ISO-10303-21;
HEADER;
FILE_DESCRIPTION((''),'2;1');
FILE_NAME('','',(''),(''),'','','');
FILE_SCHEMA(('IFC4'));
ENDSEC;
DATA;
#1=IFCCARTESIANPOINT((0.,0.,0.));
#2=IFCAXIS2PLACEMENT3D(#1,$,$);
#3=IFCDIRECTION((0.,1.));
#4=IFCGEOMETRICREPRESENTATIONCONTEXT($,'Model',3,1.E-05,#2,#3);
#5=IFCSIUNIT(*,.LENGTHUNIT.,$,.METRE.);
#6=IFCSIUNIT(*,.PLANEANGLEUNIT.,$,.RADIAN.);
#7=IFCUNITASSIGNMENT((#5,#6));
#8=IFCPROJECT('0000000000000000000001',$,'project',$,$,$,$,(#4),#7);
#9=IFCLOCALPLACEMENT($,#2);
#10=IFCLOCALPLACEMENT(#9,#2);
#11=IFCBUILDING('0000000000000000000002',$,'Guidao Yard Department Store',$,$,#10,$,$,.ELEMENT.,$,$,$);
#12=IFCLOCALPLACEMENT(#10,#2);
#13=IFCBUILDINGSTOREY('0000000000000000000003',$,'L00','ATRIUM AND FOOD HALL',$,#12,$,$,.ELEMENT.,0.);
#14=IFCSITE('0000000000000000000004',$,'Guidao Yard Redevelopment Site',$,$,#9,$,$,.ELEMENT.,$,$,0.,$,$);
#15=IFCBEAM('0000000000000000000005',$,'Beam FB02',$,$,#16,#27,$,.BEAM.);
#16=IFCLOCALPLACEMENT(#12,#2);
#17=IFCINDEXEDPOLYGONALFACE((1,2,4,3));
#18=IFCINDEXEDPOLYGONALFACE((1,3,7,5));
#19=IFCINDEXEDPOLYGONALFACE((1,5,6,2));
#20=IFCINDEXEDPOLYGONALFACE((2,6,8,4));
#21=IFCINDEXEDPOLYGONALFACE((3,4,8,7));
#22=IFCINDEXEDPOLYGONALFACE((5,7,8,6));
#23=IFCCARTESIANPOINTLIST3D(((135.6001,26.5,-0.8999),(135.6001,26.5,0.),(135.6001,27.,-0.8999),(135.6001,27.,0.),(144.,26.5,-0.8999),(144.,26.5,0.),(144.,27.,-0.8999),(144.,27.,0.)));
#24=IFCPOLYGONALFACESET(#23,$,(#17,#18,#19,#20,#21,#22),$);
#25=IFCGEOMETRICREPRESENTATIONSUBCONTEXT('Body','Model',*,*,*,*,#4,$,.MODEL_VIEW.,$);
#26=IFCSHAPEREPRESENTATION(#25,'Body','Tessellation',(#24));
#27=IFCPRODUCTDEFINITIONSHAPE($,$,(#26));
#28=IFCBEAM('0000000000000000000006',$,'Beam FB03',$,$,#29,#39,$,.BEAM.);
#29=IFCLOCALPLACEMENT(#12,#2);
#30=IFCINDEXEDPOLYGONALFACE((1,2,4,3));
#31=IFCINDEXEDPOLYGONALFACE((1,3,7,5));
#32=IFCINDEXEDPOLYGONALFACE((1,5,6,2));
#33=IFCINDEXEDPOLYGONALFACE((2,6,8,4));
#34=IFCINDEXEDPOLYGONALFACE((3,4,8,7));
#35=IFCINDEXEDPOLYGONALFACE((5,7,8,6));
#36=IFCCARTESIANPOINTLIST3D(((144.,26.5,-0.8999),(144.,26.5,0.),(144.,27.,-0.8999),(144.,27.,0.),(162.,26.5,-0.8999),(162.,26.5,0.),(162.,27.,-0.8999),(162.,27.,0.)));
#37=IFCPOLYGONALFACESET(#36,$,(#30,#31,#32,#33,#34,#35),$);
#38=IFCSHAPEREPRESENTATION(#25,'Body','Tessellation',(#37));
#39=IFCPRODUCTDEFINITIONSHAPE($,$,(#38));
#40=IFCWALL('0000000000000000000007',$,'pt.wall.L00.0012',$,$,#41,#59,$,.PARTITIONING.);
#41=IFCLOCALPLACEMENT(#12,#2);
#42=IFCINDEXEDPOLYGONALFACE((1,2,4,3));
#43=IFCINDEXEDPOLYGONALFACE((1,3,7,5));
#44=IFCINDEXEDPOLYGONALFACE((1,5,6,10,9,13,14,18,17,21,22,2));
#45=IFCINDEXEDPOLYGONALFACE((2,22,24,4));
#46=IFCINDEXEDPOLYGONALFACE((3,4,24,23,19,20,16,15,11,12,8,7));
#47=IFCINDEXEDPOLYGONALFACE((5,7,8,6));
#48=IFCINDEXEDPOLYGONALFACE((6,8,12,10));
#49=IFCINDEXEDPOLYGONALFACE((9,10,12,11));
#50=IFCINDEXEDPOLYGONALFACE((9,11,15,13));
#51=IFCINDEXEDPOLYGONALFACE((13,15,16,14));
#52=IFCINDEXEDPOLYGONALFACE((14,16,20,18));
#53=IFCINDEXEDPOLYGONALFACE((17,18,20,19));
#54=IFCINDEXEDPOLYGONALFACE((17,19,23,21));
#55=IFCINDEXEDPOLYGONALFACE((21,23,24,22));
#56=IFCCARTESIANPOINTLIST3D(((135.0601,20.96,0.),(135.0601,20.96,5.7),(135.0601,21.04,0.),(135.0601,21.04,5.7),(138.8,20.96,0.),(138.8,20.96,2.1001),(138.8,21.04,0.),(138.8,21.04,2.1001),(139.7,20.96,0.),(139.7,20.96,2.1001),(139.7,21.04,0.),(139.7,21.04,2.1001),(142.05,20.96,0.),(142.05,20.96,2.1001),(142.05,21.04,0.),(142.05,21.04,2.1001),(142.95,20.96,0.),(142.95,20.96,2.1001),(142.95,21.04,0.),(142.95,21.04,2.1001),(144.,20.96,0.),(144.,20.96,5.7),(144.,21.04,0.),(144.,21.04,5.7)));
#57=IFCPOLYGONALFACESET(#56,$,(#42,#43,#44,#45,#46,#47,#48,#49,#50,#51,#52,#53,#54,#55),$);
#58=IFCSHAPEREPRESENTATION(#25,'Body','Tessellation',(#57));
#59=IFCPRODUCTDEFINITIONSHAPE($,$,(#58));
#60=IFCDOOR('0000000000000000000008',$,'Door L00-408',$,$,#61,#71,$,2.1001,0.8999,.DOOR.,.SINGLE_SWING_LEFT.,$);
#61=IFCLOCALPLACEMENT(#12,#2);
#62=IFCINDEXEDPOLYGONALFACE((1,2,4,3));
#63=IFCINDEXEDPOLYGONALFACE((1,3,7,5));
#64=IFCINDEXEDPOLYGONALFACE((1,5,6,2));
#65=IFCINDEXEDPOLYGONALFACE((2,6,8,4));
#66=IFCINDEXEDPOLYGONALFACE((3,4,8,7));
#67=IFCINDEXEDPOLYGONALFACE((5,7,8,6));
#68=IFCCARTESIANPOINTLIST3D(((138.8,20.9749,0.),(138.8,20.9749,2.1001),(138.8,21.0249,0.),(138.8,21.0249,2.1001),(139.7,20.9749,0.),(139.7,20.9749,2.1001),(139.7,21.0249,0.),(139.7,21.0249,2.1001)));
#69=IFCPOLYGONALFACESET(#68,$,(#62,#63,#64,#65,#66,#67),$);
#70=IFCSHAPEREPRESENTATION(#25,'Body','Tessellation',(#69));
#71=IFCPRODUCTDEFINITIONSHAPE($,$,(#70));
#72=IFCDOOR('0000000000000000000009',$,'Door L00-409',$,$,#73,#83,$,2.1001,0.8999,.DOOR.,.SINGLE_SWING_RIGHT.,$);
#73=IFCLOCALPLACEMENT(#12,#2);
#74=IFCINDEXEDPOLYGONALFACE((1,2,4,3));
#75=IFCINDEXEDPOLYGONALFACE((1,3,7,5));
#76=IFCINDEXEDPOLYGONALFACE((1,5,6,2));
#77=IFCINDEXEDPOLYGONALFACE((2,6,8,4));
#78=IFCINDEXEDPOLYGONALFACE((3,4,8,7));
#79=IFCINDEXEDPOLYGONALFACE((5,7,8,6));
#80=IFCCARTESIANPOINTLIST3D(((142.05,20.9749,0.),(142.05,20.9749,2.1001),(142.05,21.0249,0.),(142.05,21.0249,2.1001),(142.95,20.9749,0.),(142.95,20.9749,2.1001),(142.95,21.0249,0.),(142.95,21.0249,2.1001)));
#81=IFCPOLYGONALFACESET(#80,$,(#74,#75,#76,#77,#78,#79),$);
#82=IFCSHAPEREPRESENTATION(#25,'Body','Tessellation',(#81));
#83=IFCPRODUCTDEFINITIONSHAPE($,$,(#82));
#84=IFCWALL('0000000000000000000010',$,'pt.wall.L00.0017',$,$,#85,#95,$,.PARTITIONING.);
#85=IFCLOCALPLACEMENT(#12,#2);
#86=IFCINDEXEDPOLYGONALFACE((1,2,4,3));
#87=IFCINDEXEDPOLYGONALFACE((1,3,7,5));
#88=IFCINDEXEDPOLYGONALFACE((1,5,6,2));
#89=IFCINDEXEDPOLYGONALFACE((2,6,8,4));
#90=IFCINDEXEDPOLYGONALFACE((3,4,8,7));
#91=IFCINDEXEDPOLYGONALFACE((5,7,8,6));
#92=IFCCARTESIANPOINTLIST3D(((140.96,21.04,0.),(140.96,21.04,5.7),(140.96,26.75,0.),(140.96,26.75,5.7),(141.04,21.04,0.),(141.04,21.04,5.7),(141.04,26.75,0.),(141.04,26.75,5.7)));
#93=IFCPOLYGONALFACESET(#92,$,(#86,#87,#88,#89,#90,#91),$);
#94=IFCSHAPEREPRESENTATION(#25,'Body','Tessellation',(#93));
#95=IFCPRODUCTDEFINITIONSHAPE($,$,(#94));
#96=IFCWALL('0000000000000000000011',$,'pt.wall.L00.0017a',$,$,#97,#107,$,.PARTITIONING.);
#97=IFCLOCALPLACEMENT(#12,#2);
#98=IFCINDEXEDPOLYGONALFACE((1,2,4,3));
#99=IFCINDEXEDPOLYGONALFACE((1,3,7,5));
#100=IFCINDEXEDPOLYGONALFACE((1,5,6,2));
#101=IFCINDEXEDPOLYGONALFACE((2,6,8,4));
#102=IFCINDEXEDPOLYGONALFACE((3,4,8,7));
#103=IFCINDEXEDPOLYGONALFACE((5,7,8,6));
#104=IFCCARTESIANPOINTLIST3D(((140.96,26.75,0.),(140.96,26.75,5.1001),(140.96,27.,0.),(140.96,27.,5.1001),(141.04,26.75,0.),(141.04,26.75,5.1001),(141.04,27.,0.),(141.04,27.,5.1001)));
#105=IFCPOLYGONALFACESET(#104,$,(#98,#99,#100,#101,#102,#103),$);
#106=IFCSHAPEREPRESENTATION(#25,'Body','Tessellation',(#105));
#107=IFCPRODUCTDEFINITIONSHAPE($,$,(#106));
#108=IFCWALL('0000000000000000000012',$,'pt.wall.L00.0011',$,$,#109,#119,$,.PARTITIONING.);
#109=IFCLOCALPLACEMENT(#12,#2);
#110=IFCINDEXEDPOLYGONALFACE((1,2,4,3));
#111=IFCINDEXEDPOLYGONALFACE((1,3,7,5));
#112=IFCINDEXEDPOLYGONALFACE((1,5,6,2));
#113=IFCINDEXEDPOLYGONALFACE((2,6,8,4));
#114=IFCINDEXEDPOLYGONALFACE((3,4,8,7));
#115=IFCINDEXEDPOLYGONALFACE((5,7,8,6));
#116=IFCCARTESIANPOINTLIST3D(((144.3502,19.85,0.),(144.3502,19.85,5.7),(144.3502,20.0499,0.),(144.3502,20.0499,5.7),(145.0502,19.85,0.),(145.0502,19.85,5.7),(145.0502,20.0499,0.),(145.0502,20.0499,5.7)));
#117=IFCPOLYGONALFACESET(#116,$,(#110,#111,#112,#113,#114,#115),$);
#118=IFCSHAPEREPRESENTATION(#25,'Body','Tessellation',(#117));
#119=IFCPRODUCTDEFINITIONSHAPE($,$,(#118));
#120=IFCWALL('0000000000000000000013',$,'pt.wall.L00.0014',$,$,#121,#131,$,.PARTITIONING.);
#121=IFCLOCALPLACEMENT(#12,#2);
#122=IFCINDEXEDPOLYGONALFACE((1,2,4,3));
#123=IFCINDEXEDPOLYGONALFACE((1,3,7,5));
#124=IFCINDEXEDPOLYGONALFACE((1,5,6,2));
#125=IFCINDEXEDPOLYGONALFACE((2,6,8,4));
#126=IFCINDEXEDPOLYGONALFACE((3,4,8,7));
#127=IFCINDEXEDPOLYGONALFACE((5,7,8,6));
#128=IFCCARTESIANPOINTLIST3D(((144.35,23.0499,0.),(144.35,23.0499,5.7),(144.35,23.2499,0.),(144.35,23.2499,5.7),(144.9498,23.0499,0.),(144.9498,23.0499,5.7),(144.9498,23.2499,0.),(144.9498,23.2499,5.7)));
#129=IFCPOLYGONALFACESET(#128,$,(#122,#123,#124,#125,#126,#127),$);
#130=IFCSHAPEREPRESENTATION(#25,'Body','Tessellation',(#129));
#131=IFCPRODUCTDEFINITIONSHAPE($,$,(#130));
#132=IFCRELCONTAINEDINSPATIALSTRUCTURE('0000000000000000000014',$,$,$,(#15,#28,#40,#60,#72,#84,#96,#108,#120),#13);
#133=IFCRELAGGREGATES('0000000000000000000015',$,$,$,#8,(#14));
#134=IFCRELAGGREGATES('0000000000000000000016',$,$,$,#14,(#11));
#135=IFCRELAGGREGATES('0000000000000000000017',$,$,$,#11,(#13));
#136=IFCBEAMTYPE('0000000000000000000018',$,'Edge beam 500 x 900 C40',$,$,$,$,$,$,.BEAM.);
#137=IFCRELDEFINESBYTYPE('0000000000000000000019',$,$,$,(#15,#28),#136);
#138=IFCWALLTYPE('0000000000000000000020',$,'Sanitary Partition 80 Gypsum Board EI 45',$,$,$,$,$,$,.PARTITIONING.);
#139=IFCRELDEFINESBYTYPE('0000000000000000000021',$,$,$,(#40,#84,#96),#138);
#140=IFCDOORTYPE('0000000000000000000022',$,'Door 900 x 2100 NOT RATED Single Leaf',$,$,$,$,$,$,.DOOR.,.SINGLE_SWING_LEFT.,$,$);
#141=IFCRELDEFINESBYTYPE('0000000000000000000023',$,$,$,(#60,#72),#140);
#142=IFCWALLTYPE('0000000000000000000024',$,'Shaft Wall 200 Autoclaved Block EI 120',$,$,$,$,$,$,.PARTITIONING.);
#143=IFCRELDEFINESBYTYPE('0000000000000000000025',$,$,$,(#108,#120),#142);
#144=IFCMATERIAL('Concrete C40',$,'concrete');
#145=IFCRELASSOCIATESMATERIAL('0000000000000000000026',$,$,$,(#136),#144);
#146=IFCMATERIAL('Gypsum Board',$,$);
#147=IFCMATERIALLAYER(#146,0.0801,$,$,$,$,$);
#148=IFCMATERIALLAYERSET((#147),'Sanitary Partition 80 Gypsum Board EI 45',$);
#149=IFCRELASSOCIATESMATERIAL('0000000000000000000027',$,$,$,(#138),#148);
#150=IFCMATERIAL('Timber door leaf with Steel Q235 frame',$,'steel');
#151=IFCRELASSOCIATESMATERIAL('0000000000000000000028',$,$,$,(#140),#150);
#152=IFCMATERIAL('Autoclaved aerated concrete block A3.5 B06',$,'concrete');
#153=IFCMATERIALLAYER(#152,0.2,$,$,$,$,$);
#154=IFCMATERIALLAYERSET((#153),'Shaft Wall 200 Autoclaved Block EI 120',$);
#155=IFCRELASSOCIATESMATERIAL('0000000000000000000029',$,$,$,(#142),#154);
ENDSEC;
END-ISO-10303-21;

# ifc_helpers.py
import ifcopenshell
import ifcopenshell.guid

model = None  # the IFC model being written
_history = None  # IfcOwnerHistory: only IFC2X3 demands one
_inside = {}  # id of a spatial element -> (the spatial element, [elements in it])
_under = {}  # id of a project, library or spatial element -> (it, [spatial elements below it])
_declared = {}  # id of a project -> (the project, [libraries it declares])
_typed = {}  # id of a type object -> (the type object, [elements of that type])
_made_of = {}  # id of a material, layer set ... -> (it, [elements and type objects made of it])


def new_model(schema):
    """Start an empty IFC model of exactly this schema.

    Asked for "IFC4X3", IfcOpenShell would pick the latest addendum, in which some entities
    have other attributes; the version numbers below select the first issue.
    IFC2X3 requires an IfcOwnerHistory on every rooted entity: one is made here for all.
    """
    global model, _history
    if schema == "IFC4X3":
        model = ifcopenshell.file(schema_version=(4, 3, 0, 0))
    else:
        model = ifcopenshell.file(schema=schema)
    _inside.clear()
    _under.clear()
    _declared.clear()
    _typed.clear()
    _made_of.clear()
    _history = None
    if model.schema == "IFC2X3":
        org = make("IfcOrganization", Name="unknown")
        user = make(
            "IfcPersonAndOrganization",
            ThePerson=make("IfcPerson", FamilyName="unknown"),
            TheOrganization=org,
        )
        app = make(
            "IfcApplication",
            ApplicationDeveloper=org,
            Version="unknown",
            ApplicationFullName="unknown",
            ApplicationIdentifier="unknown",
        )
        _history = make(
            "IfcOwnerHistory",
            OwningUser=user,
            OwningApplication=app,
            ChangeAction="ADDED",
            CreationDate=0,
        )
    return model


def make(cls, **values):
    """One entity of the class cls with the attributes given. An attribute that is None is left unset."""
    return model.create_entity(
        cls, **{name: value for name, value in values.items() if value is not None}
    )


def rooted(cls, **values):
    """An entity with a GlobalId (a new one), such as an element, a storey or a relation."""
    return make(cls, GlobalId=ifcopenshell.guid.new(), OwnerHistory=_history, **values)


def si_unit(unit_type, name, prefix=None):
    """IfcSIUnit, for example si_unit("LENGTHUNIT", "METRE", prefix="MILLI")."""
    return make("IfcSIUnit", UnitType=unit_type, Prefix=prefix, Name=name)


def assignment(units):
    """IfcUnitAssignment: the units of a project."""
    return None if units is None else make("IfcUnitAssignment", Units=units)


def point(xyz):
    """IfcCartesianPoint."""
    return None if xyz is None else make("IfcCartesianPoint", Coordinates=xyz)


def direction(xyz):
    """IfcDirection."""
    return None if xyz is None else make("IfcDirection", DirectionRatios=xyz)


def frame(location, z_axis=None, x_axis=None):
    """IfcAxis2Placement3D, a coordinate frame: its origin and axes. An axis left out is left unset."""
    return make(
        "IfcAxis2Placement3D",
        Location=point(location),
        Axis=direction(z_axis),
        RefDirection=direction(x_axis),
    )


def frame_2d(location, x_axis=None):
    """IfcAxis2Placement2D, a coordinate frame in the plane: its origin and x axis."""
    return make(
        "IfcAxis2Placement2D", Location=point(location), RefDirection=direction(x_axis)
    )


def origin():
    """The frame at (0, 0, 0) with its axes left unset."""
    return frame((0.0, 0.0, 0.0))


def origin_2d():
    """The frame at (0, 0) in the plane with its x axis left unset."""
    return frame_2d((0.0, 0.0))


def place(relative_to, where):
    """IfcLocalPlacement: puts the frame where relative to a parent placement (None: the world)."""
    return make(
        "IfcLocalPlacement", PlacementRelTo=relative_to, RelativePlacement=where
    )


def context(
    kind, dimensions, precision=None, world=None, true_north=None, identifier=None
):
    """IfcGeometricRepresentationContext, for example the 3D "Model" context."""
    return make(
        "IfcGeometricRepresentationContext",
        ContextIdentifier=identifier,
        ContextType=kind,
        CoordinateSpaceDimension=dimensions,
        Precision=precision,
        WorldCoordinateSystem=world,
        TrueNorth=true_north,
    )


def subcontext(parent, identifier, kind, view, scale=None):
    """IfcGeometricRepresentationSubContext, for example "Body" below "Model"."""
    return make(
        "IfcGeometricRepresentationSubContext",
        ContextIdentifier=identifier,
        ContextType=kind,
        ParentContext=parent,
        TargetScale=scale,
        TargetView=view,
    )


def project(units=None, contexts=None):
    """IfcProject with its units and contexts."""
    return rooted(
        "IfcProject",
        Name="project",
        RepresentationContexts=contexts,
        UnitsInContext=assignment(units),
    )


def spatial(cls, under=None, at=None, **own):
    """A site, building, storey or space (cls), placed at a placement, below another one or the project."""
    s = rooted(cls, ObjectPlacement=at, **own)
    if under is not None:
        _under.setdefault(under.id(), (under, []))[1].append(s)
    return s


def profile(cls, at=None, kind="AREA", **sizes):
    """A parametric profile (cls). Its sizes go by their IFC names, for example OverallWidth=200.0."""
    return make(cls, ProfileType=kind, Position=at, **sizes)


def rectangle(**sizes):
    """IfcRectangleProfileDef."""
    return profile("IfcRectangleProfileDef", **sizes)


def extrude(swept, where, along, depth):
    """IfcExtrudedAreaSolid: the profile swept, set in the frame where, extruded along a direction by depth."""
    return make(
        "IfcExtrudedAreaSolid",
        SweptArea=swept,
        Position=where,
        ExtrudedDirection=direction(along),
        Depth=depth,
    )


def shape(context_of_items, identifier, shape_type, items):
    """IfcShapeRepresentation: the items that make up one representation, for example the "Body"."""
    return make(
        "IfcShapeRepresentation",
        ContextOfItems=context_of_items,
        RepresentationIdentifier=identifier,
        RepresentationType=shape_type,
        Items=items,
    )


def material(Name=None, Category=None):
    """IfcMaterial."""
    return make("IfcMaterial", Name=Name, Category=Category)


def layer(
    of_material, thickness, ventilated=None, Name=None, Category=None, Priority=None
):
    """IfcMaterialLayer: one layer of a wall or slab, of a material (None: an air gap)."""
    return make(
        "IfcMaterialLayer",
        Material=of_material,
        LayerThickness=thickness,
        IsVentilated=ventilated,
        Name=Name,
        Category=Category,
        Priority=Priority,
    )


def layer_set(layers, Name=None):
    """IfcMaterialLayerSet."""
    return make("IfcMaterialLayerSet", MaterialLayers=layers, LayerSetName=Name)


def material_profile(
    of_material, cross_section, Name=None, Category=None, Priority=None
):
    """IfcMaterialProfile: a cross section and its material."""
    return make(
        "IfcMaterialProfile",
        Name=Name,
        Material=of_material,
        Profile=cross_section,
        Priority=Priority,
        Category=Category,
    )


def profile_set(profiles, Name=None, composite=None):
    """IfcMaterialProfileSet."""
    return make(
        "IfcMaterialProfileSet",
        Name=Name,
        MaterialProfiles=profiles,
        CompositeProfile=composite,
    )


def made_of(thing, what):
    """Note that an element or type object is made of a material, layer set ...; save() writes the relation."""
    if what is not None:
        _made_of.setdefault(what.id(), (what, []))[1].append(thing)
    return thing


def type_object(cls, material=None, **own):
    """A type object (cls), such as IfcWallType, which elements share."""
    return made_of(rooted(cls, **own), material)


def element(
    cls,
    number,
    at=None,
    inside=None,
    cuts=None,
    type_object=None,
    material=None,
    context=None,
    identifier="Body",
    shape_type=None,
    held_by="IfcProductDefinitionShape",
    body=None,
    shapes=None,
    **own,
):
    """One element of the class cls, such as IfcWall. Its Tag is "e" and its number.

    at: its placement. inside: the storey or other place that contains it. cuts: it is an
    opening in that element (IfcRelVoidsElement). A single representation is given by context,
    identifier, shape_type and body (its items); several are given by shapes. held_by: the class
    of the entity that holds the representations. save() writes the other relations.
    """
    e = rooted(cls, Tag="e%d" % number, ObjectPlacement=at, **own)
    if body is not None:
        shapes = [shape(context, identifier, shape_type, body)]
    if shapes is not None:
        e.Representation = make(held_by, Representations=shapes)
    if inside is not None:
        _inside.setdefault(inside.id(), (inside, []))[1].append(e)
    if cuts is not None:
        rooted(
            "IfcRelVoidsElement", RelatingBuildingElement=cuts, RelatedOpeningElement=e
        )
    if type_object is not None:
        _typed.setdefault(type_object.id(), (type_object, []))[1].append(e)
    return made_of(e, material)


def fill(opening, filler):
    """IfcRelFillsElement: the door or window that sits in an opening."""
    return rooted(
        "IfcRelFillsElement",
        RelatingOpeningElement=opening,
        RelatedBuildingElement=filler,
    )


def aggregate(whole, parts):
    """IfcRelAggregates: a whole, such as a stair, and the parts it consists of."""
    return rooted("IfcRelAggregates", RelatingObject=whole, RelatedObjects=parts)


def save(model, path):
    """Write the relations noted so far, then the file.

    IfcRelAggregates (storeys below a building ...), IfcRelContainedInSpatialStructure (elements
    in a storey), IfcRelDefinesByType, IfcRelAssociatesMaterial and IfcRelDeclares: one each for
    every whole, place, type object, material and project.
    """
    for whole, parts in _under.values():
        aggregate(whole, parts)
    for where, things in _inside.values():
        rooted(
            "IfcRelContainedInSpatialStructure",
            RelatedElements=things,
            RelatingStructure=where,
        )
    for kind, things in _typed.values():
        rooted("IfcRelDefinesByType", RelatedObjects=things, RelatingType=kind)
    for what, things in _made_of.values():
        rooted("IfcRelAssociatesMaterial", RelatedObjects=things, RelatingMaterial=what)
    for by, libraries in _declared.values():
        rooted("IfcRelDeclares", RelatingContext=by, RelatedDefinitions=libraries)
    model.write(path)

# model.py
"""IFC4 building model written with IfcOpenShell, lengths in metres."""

from ifc_helpers import new_model, si_unit, direction, frame, frame_2d, origin, origin_2d, place, context, subcontext, project, spatial, rectangle, extrude, material, layer, layer_set, material_profile, profile_set, type_object, element, fill, save


model = new_model("IFC4")

# Units and contexts
model_context = context("Model", 3, precision=1e-05, world=origin(), true_north=direction((0.0, 1.0)))
body_context = subcontext(model_context, "Body", "Model", "MODEL_VIEW")
ifc_project = project(units=[si_unit("LENGTHUNIT", "METRE"), si_unit("PLANEANGLEUNIT", "RADIAN")], contexts=[model_context])

# Site, building, storey
site_placement = place(None, origin())
site = spatial("IfcSite", under=ifc_project, at=site_placement, Name="Guidao Yard Redevelopment Site", CompositionType="ELEMENT", RefElevation=0.0)
building_placement = place(site_placement, origin())
building = spatial("IfcBuilding", under=site, at=building_placement, Name="Guidao Yard Department Store", CompositionType="ELEMENT")
storey_placement = place(building_placement, origin())
storey = spatial("IfcBuildingStorey", under=building, at=storey_placement, Name="L00", Description="ATRIUM AND FOOD HALL", CompositionType="ELEMENT", Elevation=0.0)

# Beams
ifc_material_1 = material(Name="Concrete C40", Category="concrete")
ifc_material_profile = material_profile(ifc_material_1, rectangle(XDim=0.5, YDim=0.8999, at=origin_2d()), Name="Edge beam 500 x 900 C40")
ifc_profile_set = profile_set([ifc_material_profile], Name="Concrete C40")
beam_type = type_object("IfcBeamType", Name="Edge beam 500 x 900 C40", PredefinedType="BEAM", material=ifc_profile_set)
beam_1_placement = place(storey_placement, frame((135.6001, 26.75, -0.45), z_axis=(1.0, 0.0, 0.0), x_axis=(0.0, 1.0, 0.0)))
element("IfcBeam", 1, at=beam_1_placement, inside=storey, type_object=beam_type, Name="Beam FB02", PredefinedType="BEAM", context=body_context, shape_type="SweptSolid", body=[
    extrude(rectangle(XDim=0.5, YDim=0.8999, at=origin_2d()), origin(), (0.0, 0.0, 1.0), 8.3999),
])
beam_2_placement = place(storey_placement, frame((144.0, 26.75, -0.45), z_axis=(1.0, 0.0, 0.0), x_axis=(0.0, 1.0, 0.0)))
element("IfcBeam", 2, at=beam_2_placement, inside=storey, type_object=beam_type, Name="Beam FB03", PredefinedType="BEAM", context=body_context, shape_type="SweptSolid", body=[
    extrude(rectangle(XDim=0.5, YDim=0.8999, at=origin_2d()), origin(), (0.0, 0.0, 1.0), 18.0),
])

# Wall, openings, doors
ifc_material_2 = material(Name="Gypsum Board")
ifc_layer_1 = layer(ifc_material_2, 0.0801)
ifc_layer_set_1 = layer_set([ifc_layer_1], Name="Sanitary Partition 80 Gypsum Board EI 45")
wall_type_1 = type_object("IfcWallType", Name="Sanitary Partition 80 Gypsum Board EI 45", PredefinedType="PARTITIONING", material=ifc_layer_set_1)
wall_1_placement = place(storey_placement, frame((135.0601, 21.0, 0.0), z_axis=(0.0, 0.0, 1.0), x_axis=(1.0, 0.0, 0.0)))
wall_1 = element("IfcWall", 3, at=wall_1_placement, inside=storey, type_object=wall_type_1, Name="pt.wall.L00.0012", PredefinedType="PARTITIONING", context=body_context, shape_type="SweptSolid", body=[
    extrude(rectangle(XDim=8.9399, YDim=0.0801, at=frame_2d((4.47, 0.0))), origin(), (0.0, 0.0, 1.0), 5.7),
])
opening_1_placement = place(wall_1_placement, frame((3.74, 0.0, 0.0)))
opening_1 = element("IfcOpeningElement", 4, at=opening_1_placement, cuts=wall_1, PredefinedType="OPENING", context=body_context, shape_type="SweptSolid", body=[
    extrude(rectangle(XDim=0.8999, YDim=2.1001, at=frame_2d((0.45, 1.05))), frame((0.0, 0.05, 0.0), z_axis=(0.0, -1.0, 0.0), x_axis=(1.0, 0.0, 0.0)), (0.0, 0.0, 1.0), 0.1001),
])
opening_2_placement = place(wall_1_placement, frame((6.99, 0.0, 0.0)))
opening_2 = element("IfcOpeningElement", 5, at=opening_2_placement, cuts=wall_1, PredefinedType="OPENING", context=body_context, shape_type="SweptSolid", body=[
    extrude(rectangle(XDim=0.8999, YDim=2.1001, at=frame_2d((0.45, 1.05))), frame((0.0, 0.05, 0.0), z_axis=(0.0, -1.0, 0.0), x_axis=(1.0, 0.0, 0.0)), (0.0, 0.0, 1.0), 0.1001),
])
ifc_material_3 = material(Name="Timber door leaf with Steel Q235 frame", Category="steel")
door_type_1 = type_object("IfcDoorType", Name="Door 900 x 2100 NOT RATED Single Leaf", OperationType="SINGLE_SWING_LEFT", PredefinedType="DOOR", material=ifc_material_3)
door_1_placement = place(opening_1_placement, origin())
door_1 = element("IfcDoor", 6, at=door_1_placement, inside=storey, type_object=door_type_1, Name="Door L00-408", OperationType="SINGLE_SWING_LEFT", OverallHeight=2.1001, OverallWidth=0.8999, PredefinedType="DOOR", context=body_context, shape_type="SweptSolid", body=[
    extrude(rectangle(XDim=0.8999, YDim=2.1001, at=frame_2d((0.45, 1.05))), frame((0.0, 0.0249, 0.0), z_axis=(0.0, -1.0, 0.0), x_axis=(1.0, 0.0, 0.0)), (0.0, 0.0, 1.0), 0.05),
])
fill(opening_1, door_1)
door_2_placement = place(opening_2_placement, origin())
door_2 = element("IfcDoor", 7, at=door_2_placement, inside=storey, type_object=door_type_1, Name="Door L00-409", OperationType="SINGLE_SWING_RIGHT", OverallHeight=2.1001, OverallWidth=0.8999, PredefinedType="DOOR", context=body_context, shape_type="SweptSolid", body=[
    extrude(rectangle(XDim=0.8999, YDim=2.1001, at=frame_2d((0.45, 1.05))), frame((0.0, 0.0249, 0.0), z_axis=(0.0, -1.0, 0.0), x_axis=(1.0, 0.0, 0.0)), (0.0, 0.0, 1.0), 0.05),
])
fill(opening_2, door_2)

# Walls
wall_2_placement = place(storey_placement, frame((141.0, 21.04, 0.0), z_axis=(0.0, 0.0, 1.0), x_axis=(0.0, 1.0, 0.0)))
element("IfcWall", 8, at=wall_2_placement, inside=storey, type_object=wall_type_1, Name="pt.wall.L00.0017", PredefinedType="PARTITIONING", context=body_context, shape_type="SweptSolid", body=[
    extrude(rectangle(XDim=5.71, YDim=0.0801, at=frame_2d((2.855, 0.0))), origin(), (0.0, 0.0, 1.0), 5.7),
])
wall_3_placement = place(storey_placement, frame((141.0, 26.75, 0.0), z_axis=(0.0, 0.0, 1.0), x_axis=(0.0, 1.0, 0.0)))
element("IfcWall", 9, at=wall_3_placement, inside=storey, type_object=wall_type_1, Name="pt.wall.L00.0017a", PredefinedType="PARTITIONING", context=body_context, shape_type="SweptSolid", body=[
    extrude(rectangle(XDim=0.25, YDim=0.0801, at=frame_2d((0.125, 0.0))), origin(), (0.0, 0.0, 1.0), 5.1001),
])
ifc_material_4 = material(Name="Autoclaved aerated concrete block A3.5 B06", Category="concrete")
ifc_layer_2 = layer(ifc_material_4, 0.2)
ifc_layer_set_2 = layer_set([ifc_layer_2], Name="Shaft Wall 200 Autoclaved Block EI 120")
wall_type_2 = type_object("IfcWallType", Name="Shaft Wall 200 Autoclaved Block EI 120", PredefinedType="PARTITIONING", material=ifc_layer_set_2)
wall_4_placement = place(storey_placement, frame((144.3501, 19.95, 0.0), z_axis=(0.0, 0.0, 1.0), x_axis=(1.0, 0.0, 0.0)))
element("IfcWall", 10, at=wall_4_placement, inside=storey, type_object=wall_type_2, Name="pt.wall.L00.0011", PredefinedType="PARTITIONING", context=body_context, shape_type="SweptSolid", body=[
    extrude(rectangle(XDim=0.7, YDim=0.2, at=frame_2d((0.3501, 0.0))), origin(), (0.0, 0.0, 1.0), 5.7),
])
wall_5_placement = place(storey_placement, frame((144.3501, 23.1499, 0.0), z_axis=(0.0, 0.0, 1.0), x_axis=(1.0, 0.0, 0.0)))
element("IfcWall", 11, at=wall_5_placement, inside=storey, type_object=wall_type_2, Name="pt.wall.L00.0014", PredefinedType="PARTITIONING", context=body_context, shape_type="SweptSolid", body=[
    extrude(rectangle(XDim=0.5999, YDim=0.2, at=frame_2d((0.2998, 0.0))), origin(), (0.0, 0.0, 1.0), 5.7),
])

save(model, "model.ifc")
